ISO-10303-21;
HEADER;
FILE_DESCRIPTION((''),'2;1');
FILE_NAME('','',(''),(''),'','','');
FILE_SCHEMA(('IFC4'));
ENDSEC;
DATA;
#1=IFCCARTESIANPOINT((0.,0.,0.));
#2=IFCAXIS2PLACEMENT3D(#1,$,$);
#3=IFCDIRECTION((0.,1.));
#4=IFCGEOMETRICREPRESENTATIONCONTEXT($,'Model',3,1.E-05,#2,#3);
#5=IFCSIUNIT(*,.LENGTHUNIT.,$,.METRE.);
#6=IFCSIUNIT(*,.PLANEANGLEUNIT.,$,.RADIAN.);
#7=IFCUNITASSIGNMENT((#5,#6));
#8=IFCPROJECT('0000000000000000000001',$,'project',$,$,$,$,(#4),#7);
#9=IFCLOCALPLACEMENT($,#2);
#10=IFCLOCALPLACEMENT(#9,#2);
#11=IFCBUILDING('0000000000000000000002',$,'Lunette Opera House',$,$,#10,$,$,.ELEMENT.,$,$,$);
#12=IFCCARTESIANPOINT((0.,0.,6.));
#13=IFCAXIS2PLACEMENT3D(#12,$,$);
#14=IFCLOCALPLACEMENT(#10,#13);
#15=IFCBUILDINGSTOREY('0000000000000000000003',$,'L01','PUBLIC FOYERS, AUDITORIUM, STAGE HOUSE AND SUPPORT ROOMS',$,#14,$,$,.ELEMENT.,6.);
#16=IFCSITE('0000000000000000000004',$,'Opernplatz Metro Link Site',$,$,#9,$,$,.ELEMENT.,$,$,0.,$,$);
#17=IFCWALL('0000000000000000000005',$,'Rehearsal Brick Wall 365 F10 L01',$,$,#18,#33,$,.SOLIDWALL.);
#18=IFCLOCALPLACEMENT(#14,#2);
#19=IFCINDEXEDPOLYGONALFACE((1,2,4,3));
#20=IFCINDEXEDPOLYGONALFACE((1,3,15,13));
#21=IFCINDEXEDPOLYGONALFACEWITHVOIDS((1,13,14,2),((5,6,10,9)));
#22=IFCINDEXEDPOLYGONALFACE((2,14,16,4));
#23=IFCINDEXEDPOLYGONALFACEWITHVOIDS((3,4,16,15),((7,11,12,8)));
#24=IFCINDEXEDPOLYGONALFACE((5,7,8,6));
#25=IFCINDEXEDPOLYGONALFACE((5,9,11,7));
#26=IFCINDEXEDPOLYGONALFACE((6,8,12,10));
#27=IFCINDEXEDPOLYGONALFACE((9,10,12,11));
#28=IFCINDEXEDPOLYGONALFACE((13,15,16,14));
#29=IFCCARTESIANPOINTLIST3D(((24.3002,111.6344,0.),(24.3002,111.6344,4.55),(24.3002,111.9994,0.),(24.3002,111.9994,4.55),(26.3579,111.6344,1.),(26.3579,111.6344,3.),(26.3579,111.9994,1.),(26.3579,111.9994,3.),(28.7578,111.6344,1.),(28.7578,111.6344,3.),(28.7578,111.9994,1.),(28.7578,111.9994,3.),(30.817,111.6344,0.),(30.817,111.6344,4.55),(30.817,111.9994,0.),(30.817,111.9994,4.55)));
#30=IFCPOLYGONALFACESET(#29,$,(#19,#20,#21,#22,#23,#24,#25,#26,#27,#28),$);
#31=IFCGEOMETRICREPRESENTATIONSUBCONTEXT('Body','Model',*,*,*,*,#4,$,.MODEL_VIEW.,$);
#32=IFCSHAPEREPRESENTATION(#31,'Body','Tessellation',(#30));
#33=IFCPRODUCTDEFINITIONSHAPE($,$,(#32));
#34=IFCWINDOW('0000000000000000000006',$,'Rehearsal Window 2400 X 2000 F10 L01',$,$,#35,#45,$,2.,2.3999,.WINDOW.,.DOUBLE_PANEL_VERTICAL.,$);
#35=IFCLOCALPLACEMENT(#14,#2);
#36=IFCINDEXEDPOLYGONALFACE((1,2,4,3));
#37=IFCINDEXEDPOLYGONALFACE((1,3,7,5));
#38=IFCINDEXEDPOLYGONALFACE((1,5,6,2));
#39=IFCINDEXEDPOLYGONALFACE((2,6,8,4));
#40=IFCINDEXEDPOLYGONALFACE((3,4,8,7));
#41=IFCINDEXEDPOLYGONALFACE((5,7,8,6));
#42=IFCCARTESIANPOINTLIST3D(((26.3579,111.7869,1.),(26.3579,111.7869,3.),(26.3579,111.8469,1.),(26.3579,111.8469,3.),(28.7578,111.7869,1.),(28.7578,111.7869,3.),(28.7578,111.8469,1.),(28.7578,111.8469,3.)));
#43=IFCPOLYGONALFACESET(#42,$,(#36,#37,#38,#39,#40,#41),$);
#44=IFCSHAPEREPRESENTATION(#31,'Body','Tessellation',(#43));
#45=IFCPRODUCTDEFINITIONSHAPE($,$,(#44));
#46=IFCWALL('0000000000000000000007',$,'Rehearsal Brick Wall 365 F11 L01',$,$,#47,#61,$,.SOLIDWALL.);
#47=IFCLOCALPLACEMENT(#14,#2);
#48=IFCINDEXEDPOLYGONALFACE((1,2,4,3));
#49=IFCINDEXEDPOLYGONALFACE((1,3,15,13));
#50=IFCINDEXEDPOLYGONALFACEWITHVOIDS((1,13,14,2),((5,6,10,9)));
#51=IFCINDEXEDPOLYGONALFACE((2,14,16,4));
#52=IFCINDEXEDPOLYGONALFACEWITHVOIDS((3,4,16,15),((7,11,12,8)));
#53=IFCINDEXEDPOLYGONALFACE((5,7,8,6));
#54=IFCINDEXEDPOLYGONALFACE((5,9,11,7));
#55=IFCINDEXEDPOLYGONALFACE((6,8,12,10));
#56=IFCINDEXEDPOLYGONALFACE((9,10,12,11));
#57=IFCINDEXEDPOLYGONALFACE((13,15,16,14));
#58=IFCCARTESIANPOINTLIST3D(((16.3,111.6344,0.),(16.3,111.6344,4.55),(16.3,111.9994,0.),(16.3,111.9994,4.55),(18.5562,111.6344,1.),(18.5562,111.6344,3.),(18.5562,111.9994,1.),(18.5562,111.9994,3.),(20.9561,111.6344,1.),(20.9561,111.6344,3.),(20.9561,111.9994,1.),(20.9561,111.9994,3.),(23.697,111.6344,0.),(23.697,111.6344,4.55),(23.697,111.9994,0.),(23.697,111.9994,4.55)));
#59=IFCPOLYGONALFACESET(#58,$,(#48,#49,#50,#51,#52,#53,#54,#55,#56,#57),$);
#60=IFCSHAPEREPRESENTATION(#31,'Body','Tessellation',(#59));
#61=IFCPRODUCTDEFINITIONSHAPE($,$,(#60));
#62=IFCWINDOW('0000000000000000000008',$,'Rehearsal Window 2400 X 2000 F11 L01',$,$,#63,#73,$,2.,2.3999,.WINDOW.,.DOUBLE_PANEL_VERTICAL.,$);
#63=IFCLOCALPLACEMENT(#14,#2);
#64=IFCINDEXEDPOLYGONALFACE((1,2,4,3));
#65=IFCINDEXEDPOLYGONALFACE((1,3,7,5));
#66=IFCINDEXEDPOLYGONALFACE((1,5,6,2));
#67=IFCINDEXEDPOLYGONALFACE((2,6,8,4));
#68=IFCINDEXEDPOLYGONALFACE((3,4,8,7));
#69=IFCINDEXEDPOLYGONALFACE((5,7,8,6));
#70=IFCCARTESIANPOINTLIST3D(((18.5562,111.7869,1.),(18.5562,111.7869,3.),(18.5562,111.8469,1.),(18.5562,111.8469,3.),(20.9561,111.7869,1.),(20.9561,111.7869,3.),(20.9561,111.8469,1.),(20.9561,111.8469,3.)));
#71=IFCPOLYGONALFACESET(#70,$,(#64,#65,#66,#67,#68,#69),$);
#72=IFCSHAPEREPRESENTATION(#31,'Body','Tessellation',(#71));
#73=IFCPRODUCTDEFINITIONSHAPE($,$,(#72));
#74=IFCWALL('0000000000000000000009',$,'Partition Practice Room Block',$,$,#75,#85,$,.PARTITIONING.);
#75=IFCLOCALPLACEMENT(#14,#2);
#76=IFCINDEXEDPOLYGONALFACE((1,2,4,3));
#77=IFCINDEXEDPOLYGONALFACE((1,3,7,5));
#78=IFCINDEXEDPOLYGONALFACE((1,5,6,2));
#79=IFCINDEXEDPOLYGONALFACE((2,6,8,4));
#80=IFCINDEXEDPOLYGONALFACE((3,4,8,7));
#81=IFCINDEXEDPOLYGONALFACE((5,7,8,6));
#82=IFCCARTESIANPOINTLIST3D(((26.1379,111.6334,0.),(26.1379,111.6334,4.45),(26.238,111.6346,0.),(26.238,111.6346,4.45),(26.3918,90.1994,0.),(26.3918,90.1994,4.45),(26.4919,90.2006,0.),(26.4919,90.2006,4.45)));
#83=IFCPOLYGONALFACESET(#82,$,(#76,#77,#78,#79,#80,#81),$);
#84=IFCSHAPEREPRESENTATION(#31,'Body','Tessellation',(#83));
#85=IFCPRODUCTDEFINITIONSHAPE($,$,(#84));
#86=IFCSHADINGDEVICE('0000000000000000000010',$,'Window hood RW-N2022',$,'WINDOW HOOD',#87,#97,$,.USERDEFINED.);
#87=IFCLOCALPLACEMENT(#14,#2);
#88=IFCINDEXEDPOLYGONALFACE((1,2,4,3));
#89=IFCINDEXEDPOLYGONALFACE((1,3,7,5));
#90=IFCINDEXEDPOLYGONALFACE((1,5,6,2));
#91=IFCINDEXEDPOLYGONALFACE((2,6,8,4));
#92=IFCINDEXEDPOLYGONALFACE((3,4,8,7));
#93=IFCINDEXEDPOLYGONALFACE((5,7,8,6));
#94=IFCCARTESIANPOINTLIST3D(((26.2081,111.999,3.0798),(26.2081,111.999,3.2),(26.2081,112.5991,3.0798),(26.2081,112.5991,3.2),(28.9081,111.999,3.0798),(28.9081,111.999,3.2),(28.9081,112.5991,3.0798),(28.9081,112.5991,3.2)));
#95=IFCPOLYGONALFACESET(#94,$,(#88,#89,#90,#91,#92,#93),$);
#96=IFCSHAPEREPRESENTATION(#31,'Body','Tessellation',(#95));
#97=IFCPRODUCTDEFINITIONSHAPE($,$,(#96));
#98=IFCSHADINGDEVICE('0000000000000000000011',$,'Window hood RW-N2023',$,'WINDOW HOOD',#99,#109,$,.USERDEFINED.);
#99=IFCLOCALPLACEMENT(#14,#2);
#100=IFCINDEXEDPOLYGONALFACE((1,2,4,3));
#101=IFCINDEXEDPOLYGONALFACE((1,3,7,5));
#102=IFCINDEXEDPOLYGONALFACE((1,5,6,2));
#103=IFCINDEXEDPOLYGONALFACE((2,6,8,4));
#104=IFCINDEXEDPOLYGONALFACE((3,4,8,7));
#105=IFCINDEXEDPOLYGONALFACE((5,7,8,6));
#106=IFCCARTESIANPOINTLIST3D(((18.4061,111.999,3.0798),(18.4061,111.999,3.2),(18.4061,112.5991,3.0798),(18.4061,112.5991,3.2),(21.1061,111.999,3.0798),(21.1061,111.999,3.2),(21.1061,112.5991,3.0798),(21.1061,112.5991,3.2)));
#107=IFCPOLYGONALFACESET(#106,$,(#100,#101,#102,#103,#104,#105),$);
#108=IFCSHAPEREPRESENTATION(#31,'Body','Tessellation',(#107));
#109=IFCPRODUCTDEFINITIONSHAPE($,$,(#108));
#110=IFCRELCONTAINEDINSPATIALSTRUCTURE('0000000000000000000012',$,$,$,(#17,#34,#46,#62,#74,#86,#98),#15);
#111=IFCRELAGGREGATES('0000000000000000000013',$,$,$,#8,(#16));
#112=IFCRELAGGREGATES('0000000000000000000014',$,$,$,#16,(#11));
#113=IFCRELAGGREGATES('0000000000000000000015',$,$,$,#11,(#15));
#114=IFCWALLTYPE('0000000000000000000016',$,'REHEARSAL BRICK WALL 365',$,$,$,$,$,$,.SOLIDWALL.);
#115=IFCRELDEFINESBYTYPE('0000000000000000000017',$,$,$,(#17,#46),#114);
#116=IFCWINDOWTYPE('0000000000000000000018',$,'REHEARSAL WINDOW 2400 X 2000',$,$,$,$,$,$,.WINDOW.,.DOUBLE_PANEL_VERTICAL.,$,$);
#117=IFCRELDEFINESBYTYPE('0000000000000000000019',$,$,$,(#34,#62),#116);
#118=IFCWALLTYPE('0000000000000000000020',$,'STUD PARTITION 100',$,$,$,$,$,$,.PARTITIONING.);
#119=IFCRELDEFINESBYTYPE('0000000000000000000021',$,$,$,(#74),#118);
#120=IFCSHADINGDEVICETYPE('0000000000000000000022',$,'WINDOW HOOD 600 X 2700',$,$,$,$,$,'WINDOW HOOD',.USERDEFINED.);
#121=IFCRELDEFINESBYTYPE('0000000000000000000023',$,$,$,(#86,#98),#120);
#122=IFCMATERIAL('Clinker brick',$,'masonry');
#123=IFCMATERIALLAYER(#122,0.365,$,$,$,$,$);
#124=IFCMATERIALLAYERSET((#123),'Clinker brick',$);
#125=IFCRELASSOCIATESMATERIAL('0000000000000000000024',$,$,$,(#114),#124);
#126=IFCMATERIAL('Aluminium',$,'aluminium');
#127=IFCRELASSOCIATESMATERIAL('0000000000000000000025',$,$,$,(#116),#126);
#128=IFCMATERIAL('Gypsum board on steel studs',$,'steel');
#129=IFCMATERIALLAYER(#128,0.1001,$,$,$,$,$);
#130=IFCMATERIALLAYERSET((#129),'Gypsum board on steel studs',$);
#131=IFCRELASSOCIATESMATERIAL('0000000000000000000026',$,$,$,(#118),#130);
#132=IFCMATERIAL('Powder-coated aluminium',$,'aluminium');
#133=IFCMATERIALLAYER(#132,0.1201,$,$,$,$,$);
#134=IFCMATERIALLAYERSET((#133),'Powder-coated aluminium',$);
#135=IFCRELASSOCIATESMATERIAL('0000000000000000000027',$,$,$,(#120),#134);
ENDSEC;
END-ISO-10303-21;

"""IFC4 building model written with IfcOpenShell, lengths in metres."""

from ifc_helpers import new_model, si_unit, direction, frame, frame_2d, origin, origin_2d, place, context, subcontext, project, spatial, rectangle, extrude, material, layer, layer_set, type_object, element, fill, save


model = new_model("IFC4")

# Units and contexts
model_context = context("Model", 3, precision=1e-05, world=origin(), true_north=direction((0.0, 1.0)))
body_context = subcontext(model_context, "Body", "Model", "MODEL_VIEW")
ifc_project = project(units=[si_unit("LENGTHUNIT", "METRE"), si_unit("PLANEANGLEUNIT", "RADIAN")], contexts=[model_context])

# Site, building, storey
site_placement = place(None, origin())
site = spatial("IfcSite", under=ifc_project, at=site_placement, Name="Opernplatz Metro Link Site", CompositionType="ELEMENT", RefElevation=0.0)
building_placement = place(site_placement, origin())
building = spatial("IfcBuilding", under=site, at=building_placement, Name="Lunette Opera House", CompositionType="ELEMENT")
storey_placement = place(building_placement, frame((0.0, 0.0, 6.0)))
storey = spatial("IfcBuildingStorey", under=building, at=storey_placement, Name="L01", Description="PUBLIC FOYERS, AUDITORIUM, STAGE HOUSE AND SUPPORT ROOMS", CompositionType="ELEMENT", Elevation=6.0)

# Shared definitions
ifc_material_1 = material(Name="Clinker brick", Category="masonry")
ifc_layer_1 = layer(ifc_material_1, 0.365)
ifc_layer_set_1 = layer_set([ifc_layer_1], Name="Clinker brick")
wall_type_1 = type_object("IfcWallType", Name="REHEARSAL BRICK WALL 365", PredefinedType="SOLIDWALL", material=ifc_layer_set_1)

# Walls, openings, windows
wall_1_placement = place(storey_placement, frame((30.8169, 111.8169, 0.0), z_axis=(0.0, 0.0, 1.0), x_axis=(-1.0, 0.0, 0.0)))
wall_1 = element("IfcWall", 1, at=wall_1_placement, inside=storey, type_object=wall_type_1, Name="Rehearsal Brick Wall 365 F10 L01", PredefinedType="SOLIDWALL", context=body_context, shape_type="SweptSolid", body=[
    extrude(rectangle(XDim=6.5168, YDim=0.365, at=frame_2d((3.2583, 0.0))), origin(), (0.0, 0.0, 1.0), 4.55),
])
opening_1_placement = place(wall_1_placement, frame((2.0591, 0.0, 1.0)))
opening_1 = element("IfcOpeningElement", 2, at=opening_1_placement, cuts=wall_1, PredefinedType="OPENING", context=body_context, shape_type="SweptSolid", body=[
    extrude(rectangle(XDim=2.3999, YDim=2.0, at=frame_2d((1.2, 1.0))), frame((0.0, 0.1946, 0.0), z_axis=(0.0, -1.0, 0.0), x_axis=(1.0, 0.0, 0.0)), (0.0, 0.0, 1.0), 0.3889),
])
ifc_material_2 = material(Name="Aluminium", Category="aluminium")
window_type = type_object("IfcWindowType", Name="REHEARSAL WINDOW 2400 X 2000", PartitioningType="DOUBLE_PANEL_VERTICAL", PredefinedType="WINDOW", material=ifc_material_2)
window_1_placement = place(opening_1_placement, origin())
window_1 = element("IfcWindow", 3, at=window_1_placement, inside=storey, type_object=window_type, Name="Rehearsal Window 2400 X 2000 F10 L01", OverallHeight=2.0, OverallWidth=2.3999, PartitioningType="DOUBLE_PANEL_VERTICAL", PredefinedType="WINDOW", context=body_context, shape_type="SweptSolid", body=[
    extrude(rectangle(XDim=2.3999, YDim=2.0, at=frame_2d((1.2, 1.0))), frame((0.0, 0.03, 0.0), z_axis=(0.0, -1.0, 0.0), x_axis=(1.0, 0.0, 0.0)), (0.0, 0.0, 1.0), 0.0601),
])
fill(opening_1, window_1)
wall_2_placement = place(storey_placement, frame((23.697, 111.8169, 0.0), z_axis=(0.0, 0.0, 1.0), x_axis=(-1.0, 0.0, 0.0)))
wall_2 = element("IfcWall", 4, at=wall_2_placement, inside=storey, type_object=wall_type_1, Name="Rehearsal Brick Wall 365 F11 L01", PredefinedType="SOLIDWALL", context=body_context, shape_type="SweptSolid", body=[
    extrude(rectangle(XDim=7.397, YDim=0.365, at=frame_2d((3.6985, 0.0))), origin(), (0.0, 0.0, 1.0), 4.55),
])
opening_2_placement = place(wall_2_placement, frame((2.741, 0.0, 1.0)))
opening_2 = element("IfcOpeningElement", 5, at=opening_2_placement, cuts=wall_2, PredefinedType="OPENING", context=body_context, shape_type="SweptSolid", body=[
    extrude(rectangle(XDim=2.3999, YDim=2.0, at=frame_2d((1.2, 1.0))), frame((0.0, 0.1946, 0.0), z_axis=(0.0, -1.0, 0.0), x_axis=(1.0, 0.0, 0.0)), (0.0, 0.0, 1.0), 0.3889),
])
window_2_placement = place(opening_2_placement, origin())
window_2 = element("IfcWindow", 6, at=window_2_placement, inside=storey, type_object=window_type, Name="Rehearsal Window 2400 X 2000 F11 L01", OverallHeight=2.0, OverallWidth=2.3999, PartitioningType="DOUBLE_PANEL_VERTICAL", PredefinedType="WINDOW", context=body_context, shape_type="SweptSolid", body=[
    extrude(rectangle(XDim=2.3999, YDim=2.0, at=frame_2d((1.2, 1.0))), frame((0.0, 0.03, 0.0), z_axis=(0.0, -1.0, 0.0), x_axis=(1.0, 0.0, 0.0)), (0.0, 0.0, 1.0), 0.0601),
])
fill(opening_2, window_2)

# Wall
ifc_material_3 = material(Name="Gypsum board on steel studs", Category="steel")
ifc_layer_2 = layer(ifc_material_3, 0.1001)
ifc_layer_set_2 = layer_set([ifc_layer_2], Name="Gypsum board on steel studs")
wall_type_2 = type_object("IfcWallType", Name="STUD PARTITION 100", PredefinedType="PARTITIONING", material=ifc_layer_set_2)
wall_3_placement = place(storey_placement, frame((26.188, 111.634, 0.0), z_axis=(0.0, 0.0, 1.0), x_axis=(0.011845, -0.99993, 0.0)))
element("IfcWall", 7, at=wall_3_placement, inside=storey, type_object=wall_type_2, Name="Partition Practice Room Block", PredefinedType="PARTITIONING", context=body_context, shape_type="SweptSolid", body=[
    extrude(rectangle(XDim=21.4355, YDim=0.1001, at=frame_2d((10.7178, 0.0))), origin(), (0.0, 0.0, 1.0), 4.45),
])

# Shading devices
ifc_material_4 = material(Name="Powder-coated aluminium", Category="aluminium")
ifc_layer_3 = layer(ifc_material_4, 0.1201)
ifc_layer_set_3 = layer_set([ifc_layer_3], Name="Powder-coated aluminium")
shading_device_type = type_object("IfcShadingDeviceType", Name="WINDOW HOOD 600 X 2700", ElementType="WINDOW HOOD", PredefinedType="USERDEFINED", material=ifc_layer_set_3)
for number, where, z_axis, x_axis, name in (
    (8, (27.5581, 112.2991, 3.0798), (0.0, 0.0, 1.0), (0.0, 1.0, 0.0), "Window hood RW-N2022"),
    (9, (19.7561, 112.2991, 3.0798), (0.0, 0.0, 1.0), (0.0, 1.0, 0.0), "Window hood RW-N2023"),
):
    element("IfcShadingDevice", number, at=place(storey_placement, frame(where, z_axis=z_axis, x_axis=x_axis)), inside=storey, type_object=shading_device_type, Name=name, ObjectType="WINDOW HOOD", PredefinedType="USERDEFINED", context=body_context, shape_type="SweptSolid", body=[
        extrude(rectangle(XDim=0.6001, YDim=2.7, at=origin_2d()), origin(), (0.0, 0.0, 1.0), 0.1201),
    ])

save(model, "model.ifc")
